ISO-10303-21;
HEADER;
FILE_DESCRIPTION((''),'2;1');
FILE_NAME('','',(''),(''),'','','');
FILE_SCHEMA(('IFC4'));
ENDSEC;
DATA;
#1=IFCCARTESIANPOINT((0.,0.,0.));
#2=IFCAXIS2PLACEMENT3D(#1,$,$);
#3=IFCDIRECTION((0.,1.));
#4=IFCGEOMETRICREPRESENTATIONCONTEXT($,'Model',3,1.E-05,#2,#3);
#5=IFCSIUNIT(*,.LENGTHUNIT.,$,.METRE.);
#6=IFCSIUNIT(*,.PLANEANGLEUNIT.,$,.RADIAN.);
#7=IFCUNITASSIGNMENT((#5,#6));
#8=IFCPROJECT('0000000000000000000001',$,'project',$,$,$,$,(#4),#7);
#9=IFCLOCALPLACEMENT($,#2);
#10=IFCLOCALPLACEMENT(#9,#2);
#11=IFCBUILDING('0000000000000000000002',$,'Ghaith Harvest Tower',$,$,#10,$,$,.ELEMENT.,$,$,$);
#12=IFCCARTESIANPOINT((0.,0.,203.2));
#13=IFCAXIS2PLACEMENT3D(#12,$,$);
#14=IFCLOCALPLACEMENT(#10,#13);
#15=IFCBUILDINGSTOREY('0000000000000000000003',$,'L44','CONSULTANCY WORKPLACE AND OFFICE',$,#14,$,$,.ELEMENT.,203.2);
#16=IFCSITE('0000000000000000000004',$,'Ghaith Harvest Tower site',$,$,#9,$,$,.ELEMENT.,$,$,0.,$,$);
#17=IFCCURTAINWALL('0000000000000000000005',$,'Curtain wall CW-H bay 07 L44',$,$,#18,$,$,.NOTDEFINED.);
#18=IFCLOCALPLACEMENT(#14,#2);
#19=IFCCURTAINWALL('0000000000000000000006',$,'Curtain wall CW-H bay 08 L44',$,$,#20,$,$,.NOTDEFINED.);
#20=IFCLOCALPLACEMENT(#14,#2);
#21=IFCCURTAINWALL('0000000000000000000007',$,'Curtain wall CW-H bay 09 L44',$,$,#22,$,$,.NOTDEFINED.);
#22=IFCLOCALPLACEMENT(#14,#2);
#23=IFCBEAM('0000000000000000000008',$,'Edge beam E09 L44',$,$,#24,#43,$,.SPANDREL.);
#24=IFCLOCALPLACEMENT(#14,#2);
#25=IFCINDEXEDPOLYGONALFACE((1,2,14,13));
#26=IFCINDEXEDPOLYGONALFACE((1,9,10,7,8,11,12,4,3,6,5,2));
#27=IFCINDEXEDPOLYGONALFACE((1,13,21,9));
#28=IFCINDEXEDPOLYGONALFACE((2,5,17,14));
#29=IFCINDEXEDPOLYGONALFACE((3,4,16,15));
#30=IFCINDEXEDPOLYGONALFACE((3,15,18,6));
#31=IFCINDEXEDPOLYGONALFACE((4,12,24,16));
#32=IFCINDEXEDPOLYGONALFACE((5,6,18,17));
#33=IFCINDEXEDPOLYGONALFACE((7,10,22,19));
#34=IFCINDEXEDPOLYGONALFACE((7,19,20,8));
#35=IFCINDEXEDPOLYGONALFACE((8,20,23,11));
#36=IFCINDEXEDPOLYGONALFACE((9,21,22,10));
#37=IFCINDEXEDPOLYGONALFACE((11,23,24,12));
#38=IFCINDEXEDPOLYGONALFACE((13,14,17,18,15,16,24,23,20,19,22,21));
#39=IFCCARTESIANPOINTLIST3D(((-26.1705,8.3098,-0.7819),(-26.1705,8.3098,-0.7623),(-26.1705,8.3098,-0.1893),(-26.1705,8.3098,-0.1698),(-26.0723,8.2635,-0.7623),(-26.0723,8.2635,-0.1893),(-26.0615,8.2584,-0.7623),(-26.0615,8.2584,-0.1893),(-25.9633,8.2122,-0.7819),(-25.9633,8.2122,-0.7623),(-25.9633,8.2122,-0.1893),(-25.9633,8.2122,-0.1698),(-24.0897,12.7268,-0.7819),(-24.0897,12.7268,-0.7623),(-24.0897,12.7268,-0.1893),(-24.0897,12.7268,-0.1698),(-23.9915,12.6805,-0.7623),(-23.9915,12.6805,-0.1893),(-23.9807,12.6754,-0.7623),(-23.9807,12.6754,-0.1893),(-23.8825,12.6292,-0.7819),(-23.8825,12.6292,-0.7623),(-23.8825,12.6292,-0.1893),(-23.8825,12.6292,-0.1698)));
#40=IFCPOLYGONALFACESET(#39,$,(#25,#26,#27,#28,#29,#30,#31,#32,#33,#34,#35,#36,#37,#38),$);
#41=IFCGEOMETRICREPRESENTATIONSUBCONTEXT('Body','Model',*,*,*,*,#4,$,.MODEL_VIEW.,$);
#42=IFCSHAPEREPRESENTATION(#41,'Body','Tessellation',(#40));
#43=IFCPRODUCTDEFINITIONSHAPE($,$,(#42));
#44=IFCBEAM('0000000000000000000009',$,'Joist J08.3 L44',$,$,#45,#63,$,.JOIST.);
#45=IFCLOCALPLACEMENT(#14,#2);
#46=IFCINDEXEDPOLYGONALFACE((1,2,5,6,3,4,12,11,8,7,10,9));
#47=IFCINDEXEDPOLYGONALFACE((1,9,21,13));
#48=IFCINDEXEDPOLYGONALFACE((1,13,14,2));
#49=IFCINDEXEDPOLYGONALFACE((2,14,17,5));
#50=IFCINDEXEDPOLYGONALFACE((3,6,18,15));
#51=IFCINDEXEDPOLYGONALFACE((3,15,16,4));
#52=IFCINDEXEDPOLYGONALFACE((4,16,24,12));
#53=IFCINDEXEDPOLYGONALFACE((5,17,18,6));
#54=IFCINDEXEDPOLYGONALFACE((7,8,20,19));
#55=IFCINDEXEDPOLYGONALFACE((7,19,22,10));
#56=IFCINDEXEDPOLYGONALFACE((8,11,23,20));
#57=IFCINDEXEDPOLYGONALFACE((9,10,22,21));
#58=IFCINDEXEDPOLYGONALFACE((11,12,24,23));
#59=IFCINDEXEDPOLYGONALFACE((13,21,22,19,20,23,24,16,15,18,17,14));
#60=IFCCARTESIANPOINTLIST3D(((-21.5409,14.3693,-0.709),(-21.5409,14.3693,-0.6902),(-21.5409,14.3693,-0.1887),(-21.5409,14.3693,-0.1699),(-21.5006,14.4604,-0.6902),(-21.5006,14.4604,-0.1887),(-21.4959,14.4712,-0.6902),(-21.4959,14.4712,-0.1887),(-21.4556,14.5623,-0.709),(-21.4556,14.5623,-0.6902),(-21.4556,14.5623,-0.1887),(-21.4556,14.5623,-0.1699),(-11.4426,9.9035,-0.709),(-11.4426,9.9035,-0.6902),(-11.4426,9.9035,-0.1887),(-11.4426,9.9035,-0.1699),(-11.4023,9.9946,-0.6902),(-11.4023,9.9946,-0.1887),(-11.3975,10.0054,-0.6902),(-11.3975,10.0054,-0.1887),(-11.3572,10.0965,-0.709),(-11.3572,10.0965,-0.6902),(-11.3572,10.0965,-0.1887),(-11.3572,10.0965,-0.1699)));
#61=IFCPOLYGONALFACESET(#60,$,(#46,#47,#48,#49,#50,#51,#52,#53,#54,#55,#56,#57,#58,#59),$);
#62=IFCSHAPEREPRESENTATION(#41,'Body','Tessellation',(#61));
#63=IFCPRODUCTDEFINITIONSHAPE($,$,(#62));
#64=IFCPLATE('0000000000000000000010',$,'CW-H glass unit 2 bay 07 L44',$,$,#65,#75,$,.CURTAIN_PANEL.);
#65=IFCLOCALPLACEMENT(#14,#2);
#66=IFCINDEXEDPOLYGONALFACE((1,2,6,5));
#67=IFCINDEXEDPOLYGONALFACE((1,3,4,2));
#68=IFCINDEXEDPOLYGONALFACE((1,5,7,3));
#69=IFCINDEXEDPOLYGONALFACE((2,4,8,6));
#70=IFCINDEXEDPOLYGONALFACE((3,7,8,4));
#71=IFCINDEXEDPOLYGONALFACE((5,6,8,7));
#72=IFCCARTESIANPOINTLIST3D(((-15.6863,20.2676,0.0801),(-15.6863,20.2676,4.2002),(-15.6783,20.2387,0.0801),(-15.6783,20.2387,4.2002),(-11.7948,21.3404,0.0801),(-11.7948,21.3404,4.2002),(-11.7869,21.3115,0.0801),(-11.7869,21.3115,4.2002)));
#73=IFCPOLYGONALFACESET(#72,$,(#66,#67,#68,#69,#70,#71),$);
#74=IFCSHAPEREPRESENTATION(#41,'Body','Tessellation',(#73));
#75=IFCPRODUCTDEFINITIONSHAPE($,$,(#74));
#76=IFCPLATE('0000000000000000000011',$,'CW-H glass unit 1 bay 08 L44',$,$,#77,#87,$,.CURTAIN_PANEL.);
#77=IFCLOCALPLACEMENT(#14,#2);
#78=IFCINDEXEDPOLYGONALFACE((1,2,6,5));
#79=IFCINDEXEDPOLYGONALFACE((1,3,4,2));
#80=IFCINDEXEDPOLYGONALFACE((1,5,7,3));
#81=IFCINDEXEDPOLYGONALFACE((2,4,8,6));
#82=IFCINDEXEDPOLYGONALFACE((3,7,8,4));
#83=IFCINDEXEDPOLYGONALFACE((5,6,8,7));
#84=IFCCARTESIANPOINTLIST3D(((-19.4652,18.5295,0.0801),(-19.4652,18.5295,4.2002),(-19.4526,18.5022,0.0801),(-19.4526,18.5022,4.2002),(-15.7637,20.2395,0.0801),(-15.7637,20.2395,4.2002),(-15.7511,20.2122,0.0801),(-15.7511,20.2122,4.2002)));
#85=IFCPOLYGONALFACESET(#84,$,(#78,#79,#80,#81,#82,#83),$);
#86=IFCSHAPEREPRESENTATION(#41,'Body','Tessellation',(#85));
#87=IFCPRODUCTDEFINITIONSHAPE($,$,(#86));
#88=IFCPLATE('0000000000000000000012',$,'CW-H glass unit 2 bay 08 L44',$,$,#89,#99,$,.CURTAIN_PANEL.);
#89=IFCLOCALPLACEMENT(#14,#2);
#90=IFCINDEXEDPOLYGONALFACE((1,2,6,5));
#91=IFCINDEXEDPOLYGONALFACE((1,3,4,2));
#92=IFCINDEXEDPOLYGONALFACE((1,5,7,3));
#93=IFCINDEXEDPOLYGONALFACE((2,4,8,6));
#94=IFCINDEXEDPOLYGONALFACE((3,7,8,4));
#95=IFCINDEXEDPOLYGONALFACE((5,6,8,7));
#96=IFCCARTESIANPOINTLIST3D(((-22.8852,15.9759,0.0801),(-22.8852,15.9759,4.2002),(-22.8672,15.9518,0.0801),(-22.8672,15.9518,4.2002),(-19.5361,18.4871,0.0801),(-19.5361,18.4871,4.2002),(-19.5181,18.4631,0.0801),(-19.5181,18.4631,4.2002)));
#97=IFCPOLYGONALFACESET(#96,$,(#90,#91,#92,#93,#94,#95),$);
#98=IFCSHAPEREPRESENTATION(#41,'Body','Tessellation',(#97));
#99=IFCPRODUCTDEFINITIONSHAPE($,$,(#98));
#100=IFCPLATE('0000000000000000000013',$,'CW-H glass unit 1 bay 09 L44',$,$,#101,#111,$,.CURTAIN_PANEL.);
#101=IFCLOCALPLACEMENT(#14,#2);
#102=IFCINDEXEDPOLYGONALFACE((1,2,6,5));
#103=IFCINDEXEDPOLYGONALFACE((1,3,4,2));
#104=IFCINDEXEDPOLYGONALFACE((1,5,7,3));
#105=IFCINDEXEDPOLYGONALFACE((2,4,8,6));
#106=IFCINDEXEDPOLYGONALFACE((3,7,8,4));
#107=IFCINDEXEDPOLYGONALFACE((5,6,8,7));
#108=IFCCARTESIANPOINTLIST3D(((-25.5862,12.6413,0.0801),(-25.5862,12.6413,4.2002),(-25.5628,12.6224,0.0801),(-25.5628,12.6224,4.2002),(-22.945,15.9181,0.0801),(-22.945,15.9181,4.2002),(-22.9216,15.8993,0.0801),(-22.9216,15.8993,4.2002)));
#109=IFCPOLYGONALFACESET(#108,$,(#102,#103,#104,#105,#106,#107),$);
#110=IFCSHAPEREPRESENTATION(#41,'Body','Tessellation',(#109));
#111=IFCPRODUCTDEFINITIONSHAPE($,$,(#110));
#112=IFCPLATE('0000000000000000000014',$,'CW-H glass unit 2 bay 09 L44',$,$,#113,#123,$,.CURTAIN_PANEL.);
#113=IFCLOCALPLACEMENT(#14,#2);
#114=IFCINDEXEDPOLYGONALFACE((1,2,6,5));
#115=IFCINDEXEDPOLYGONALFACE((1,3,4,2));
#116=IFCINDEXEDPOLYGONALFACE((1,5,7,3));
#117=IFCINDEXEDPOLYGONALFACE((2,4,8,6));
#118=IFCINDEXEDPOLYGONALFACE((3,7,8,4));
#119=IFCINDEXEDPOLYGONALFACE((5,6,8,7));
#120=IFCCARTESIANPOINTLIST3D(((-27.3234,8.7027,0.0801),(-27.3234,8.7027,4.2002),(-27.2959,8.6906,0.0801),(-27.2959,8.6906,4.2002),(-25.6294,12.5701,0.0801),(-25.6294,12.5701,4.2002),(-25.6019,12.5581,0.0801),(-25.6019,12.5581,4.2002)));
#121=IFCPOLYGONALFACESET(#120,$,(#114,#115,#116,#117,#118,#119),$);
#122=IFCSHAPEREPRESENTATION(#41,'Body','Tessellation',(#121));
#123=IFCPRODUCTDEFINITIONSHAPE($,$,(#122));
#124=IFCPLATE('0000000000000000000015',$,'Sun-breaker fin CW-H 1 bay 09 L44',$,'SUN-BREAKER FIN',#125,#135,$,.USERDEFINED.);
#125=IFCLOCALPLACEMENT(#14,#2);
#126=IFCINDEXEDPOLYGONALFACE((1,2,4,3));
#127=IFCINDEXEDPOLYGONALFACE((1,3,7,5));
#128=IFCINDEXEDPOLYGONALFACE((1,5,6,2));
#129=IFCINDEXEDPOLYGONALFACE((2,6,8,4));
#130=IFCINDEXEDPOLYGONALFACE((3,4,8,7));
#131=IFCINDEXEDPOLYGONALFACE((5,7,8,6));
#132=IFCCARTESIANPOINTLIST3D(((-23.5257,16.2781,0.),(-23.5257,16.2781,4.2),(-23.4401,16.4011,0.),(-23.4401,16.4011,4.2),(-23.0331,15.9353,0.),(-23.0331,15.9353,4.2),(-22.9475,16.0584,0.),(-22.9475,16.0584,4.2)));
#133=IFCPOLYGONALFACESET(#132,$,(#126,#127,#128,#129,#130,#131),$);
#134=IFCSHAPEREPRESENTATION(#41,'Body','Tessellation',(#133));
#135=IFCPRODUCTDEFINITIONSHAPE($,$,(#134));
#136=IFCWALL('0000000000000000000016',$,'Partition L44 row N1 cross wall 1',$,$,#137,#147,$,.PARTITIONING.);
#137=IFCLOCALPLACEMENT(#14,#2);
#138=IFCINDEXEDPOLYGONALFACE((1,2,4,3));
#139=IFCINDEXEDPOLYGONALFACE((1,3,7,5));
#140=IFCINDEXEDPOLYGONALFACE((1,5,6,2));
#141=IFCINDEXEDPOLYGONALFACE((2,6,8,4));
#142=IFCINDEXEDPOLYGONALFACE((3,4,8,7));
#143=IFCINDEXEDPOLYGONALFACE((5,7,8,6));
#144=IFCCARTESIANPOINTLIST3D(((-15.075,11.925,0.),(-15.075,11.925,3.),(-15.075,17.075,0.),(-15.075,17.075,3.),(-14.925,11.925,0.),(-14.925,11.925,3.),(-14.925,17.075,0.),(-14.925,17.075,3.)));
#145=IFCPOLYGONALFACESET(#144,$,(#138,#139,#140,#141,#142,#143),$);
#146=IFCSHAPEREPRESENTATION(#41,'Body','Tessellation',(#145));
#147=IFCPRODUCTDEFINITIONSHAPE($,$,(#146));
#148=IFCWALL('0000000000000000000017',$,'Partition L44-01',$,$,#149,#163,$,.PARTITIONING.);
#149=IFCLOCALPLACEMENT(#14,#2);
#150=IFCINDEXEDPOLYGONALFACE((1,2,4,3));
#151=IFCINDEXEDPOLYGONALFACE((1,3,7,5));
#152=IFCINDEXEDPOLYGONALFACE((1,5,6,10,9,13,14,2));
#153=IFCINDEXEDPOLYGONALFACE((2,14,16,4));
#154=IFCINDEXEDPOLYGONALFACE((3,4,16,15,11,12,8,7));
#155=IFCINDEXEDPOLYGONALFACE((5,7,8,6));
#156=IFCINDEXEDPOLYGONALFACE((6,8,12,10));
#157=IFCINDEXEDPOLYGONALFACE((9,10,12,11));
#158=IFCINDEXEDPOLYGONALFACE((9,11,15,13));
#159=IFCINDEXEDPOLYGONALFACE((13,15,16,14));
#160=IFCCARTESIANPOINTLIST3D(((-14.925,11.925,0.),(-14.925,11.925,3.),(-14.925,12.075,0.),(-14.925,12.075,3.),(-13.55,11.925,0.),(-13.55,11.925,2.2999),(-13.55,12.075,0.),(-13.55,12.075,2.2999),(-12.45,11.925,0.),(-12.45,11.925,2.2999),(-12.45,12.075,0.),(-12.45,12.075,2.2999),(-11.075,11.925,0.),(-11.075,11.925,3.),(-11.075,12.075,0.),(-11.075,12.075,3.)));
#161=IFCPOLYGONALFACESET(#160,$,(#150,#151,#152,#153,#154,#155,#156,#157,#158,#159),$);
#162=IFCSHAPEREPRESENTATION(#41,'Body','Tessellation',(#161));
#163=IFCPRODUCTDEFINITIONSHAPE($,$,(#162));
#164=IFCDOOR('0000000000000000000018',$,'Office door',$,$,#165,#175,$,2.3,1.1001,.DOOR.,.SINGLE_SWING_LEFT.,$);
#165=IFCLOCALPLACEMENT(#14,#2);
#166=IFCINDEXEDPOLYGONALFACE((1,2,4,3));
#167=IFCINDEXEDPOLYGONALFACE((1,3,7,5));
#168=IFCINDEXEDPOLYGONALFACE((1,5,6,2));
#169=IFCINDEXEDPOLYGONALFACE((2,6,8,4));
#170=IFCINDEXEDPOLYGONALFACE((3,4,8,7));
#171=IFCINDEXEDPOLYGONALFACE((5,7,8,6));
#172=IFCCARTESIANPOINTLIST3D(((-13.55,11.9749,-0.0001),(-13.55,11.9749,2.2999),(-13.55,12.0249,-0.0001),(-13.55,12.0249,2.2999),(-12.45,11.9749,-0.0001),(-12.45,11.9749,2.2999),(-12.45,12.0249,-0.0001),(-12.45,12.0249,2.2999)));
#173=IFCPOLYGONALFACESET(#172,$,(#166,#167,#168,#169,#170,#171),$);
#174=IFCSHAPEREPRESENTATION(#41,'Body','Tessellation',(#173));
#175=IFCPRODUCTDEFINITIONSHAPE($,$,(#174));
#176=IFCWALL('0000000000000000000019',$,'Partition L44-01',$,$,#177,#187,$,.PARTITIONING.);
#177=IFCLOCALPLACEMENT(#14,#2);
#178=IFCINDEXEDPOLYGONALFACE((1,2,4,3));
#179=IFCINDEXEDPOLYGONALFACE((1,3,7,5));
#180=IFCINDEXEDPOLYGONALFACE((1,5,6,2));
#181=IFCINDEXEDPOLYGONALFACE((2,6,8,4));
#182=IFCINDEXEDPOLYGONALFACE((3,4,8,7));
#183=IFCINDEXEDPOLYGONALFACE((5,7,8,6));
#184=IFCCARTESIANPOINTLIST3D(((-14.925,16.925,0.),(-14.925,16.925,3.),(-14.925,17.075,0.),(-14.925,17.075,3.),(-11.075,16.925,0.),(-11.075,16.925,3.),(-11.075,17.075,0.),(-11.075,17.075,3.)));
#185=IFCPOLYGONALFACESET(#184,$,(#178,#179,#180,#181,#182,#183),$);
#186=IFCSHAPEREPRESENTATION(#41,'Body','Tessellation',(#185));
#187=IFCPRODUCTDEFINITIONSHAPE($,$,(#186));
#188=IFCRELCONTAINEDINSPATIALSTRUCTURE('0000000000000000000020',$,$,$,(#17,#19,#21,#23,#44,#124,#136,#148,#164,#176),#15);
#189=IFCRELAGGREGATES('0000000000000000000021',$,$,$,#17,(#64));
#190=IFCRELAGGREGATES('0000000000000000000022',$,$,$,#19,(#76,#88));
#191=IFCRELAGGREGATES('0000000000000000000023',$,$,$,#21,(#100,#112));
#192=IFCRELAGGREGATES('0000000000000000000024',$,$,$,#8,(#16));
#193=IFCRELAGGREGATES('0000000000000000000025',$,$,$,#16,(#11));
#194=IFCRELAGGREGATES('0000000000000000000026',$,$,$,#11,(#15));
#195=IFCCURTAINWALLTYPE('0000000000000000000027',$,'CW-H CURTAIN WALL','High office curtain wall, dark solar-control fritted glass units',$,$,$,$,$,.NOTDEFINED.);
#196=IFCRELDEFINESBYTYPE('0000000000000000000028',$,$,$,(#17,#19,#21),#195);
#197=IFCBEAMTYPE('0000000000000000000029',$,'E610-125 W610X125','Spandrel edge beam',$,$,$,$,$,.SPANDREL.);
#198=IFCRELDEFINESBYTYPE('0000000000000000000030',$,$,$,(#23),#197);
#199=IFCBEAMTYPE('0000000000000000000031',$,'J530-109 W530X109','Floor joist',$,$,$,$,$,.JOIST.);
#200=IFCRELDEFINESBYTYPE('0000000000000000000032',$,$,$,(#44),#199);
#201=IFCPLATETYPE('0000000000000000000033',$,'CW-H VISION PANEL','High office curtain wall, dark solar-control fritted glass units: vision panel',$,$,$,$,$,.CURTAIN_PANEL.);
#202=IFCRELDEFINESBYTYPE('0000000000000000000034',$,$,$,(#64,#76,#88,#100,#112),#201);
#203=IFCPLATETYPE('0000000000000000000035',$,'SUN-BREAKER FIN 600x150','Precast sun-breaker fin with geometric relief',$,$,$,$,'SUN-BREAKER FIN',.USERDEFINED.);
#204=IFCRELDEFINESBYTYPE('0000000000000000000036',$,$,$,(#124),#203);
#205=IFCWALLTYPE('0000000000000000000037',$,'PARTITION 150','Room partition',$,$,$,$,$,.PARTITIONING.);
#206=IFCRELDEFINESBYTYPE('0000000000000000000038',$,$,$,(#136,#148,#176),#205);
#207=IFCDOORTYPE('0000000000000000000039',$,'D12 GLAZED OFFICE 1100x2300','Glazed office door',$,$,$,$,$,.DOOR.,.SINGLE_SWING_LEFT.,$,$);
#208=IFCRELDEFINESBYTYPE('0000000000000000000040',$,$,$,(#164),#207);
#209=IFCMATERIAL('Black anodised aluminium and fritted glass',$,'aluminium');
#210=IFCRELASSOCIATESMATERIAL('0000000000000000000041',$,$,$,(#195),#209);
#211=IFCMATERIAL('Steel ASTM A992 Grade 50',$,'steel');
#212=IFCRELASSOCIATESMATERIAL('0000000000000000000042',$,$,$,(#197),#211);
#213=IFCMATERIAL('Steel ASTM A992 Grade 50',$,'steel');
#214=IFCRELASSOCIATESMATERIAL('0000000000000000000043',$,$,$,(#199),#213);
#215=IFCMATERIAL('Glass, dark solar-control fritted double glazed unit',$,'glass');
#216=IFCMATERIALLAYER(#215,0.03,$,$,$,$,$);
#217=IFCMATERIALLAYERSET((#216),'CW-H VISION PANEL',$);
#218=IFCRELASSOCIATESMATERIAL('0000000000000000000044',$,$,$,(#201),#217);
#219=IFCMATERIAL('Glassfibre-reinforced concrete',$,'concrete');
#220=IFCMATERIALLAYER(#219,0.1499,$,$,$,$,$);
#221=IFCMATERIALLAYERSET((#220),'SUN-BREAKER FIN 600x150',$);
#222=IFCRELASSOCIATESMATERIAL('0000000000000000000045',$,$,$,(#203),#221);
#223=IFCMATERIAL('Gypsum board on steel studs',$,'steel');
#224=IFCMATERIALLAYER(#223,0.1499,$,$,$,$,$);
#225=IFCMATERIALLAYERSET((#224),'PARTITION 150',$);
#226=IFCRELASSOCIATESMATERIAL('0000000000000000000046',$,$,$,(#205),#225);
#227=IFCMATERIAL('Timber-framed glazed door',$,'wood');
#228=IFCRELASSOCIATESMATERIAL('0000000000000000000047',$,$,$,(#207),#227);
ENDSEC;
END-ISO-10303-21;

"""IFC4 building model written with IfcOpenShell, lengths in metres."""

from ifc_helpers import new_model, si_unit, direction, frame, frame_2d, origin, origin_2d, place, context, subcontext, project, spatial, rectangle, i_section, extrude, material, layer, layer_set, material_profile, profile_set, type_object, element, fill, aggregate, save


model = new_model("IFC4")

# Units and contexts
model_context = context("Model", 3, precision=1e-05, world=origin(), true_north=direction((0.0, 1.0)))
body_context = subcontext(model_context, "Body", "Model", "MODEL_VIEW")
ifc_project = project(units=[si_unit("LENGTHUNIT", "METRE"), si_unit("PLANEANGLEUNIT", "RADIAN")], contexts=[model_context])

# Site, building, storey
site_placement = place(None, origin())
site = spatial("IfcSite", under=ifc_project, at=site_placement, Name="Ghaith Harvest Tower site", CompositionType="ELEMENT", RefElevation=0.0)
building_placement = place(site_placement, origin())
building = spatial("IfcBuilding", under=site, at=building_placement, Name="Ghaith Harvest Tower", CompositionType="ELEMENT")
storey_placement = place(building_placement, frame((0.0, 0.0, 203.2)))
storey = spatial("IfcBuildingStorey", under=building, at=storey_placement, Name="L44", Description="CONSULTANCY WORKPLACE AND OFFICE", CompositionType="ELEMENT", Elevation=203.2)

# Curtain wall
ifc_material_1 = material(Name="Black anodised aluminium and fritted glass", Category="aluminium")
curtain_wall_type = type_object("IfcCurtainWallType", Name="CW-H CURTAIN WALL", Description="High office curtain wall, dark solar-control fritted glass units", PredefinedType="NOTDEFINED", material=ifc_material_1)
curtain_wall_1_placement = place(storey_placement, origin())
curtain_wall_1 = element("IfcCurtainWall", 1, at=curtain_wall_1_placement, inside=storey, type_object=curtain_wall_type, Name="Curtain wall CW-H bay 07 L44", PredefinedType="NOTDEFINED")

# Curtain walls
curtain_wall_2_placement = place(storey_placement, origin())
curtain_wall_2 = element("IfcCurtainWall", 2, at=curtain_wall_2_placement, inside=storey, type_object=curtain_wall_type, Name="Curtain wall CW-H bay 08 L44", PredefinedType="NOTDEFINED")
curtain_wall_3_placement = place(storey_placement, origin())
curtain_wall_3 = element("IfcCurtainWall", 3, at=curtain_wall_3_placement, inside=storey, type_object=curtain_wall_type, Name="Curtain wall CW-H bay 09 L44", PredefinedType="NOTDEFINED")

# Beams
ifc_material_2 = material(Name="Steel ASTM A992 Grade 50", Category="steel")
ifc_material_profile_1 = material_profile(ifc_material_2, i_section(OverallWidth=0.229, OverallDepth=0.6121, WebThickness=0.012, FlangeThickness=0.0195, at=origin_2d()), Name="W610X125")
ifc_profile_set_1 = profile_set([ifc_material_profile_1], Name="Steel ASTM A992 Grade 50")
beam_type_1 = type_object("IfcBeamType", Name="E610-125 W610X125", Description="Spandrel edge beam", PredefinedType="SPANDREL", material=ifc_profile_set_1)
beam_1_placement = place(storey_placement, frame((-23.9861, 12.678, -0.4758), z_axis=(-0.42617, -0.904643, 0.0), x_axis=(0.904643, -0.42617, 0.0)))
element("IfcBeam", 4, at=beam_1_placement, inside=storey, type_object=beam_type_1, Name="Edge beam E09 L44", PredefinedType="SPANDREL", context=body_context, shape_type="SweptSolid", body=[
    extrude(i_section(OverallWidth=0.229, OverallDepth=0.6121, WebThickness=0.012, FlangeThickness=0.0195, at=origin_2d()), origin(), (0.0, 0.0, 1.0), 4.8826),
])
ifc_material_3 = material(Name="Steel ASTM A992 Grade 50", Category="steel")
ifc_material_profile_2 = material_profile(ifc_material_3, i_section(OverallWidth=0.2109, OverallDepth=0.5391, WebThickness=0.0117, FlangeThickness=0.0188, at=origin_2d()), Name="W530X109")
ifc_profile_set_2 = profile_set([ifc_material_profile_2], Name="Steel ASTM A992 Grade 50")
beam_type_2 = type_object("IfcBeamType", Name="J530-109 W530X109", Description="Floor joist", PredefinedType="JOIST", material=ifc_profile_set_2)
beam_2_placement = place(storey_placement, frame((-11.3999, 10.0, -0.4395), z_axis=(-0.914561, 0.404447, 0.0), x_axis=(-0.404447, -0.914561, 0.0)))
element("IfcBeam", 5, at=beam_2_placement, inside=storey, type_object=beam_type_2, Name="Joist J08.3 L44", PredefinedType="JOIST", context=body_context, shape_type="SweptSolid", body=[
    extrude(i_section(OverallWidth=0.2109, OverallDepth=0.5391, WebThickness=0.0117, FlangeThickness=0.0188, at=origin_2d()), origin(), (0.0, 0.0, 1.0), 11.0417),
])

# Plates
ifc_material_4 = material(Name="Glass, dark solar-control fritted double glazed unit", Category="glass")
ifc_layer_1 = layer(ifc_material_4, 0.03)
ifc_layer_set_1 = layer_set([ifc_layer_1], Name="CW-H VISION PANEL")
plate_type_1 = type_object("IfcPlateType", Name="CW-H VISION PANEL", Description="High office curtain wall, dark solar-control fritted glass units: vision panel", PredefinedType="CURTAIN_PANEL", material=ifc_layer_set_1)
plate_1_placement = place(storey_placement, frame((-13.7366, 20.7896, 0.0801), z_axis=(0.0, 0.0, 1.0), x_axis=(-0.964034, -0.265779, 0.0)))
plate_1 = element("IfcPlate", 6, at=plate_1_placement, type_object=plate_type_1, Name="CW-H glass unit 2 bay 07 L44", PredefinedType="CURTAIN_PANEL", context=body_context, shape_type="SweptSolid", body=[
    extrude(rectangle(XDim=4.0366, YDim=0.03, at=origin_2d()), origin(), (0.0, 0.0, 1.0), 4.1201),
])
aggregate(curtain_wall_1, [plate_1])
plate_2_placement = place(storey_placement, frame((-17.6082, 19.3708, 0.0801), z_axis=(0.0, 0.0, 1.0), x_axis=(-0.907814, -0.419372, 0.0)))
plate_2 = element("IfcPlate", 7, at=plate_2_placement, type_object=plate_type_1, Name="CW-H glass unit 1 bay 08 L44", PredefinedType="CURTAIN_PANEL", context=body_context, shape_type="SweptSolid", body=[
    extrude(rectangle(XDim=4.0774, YDim=0.03, at=origin_2d()), origin(), (0.0, 0.0, 1.0), 4.1201),
])
plate_3_placement = place(storey_placement, frame((-21.2017, 17.2195, 0.0801), z_axis=(0.0, 0.0, 1.0), x_axis=(-0.800067, -0.599911, 0.0)))
plate_3 = element("IfcPlate", 8, at=plate_3_placement, type_object=plate_type_1, Name="CW-H glass unit 2 bay 08 L44", PredefinedType="CURTAIN_PANEL", context=body_context, shape_type="SweptSolid", body=[
    extrude(rectangle(XDim=4.186, YDim=0.03, at=origin_2d()), origin(), (0.0, 0.0, 1.0), 4.1201),
])
aggregate(curtain_wall_2, [plate_2, plate_3])
plate_4_placement = place(storey_placement, frame((-24.2539, 14.2703, 0.0801), z_axis=(0.0, 0.0, 1.0), x_axis=(-0.627548, -0.778578, 0.0)))
plate_4 = element("IfcPlate", 9, at=plate_4_placement, type_object=plate_type_1, Name="CW-H glass unit 1 bay 09 L44", PredefinedType="CURTAIN_PANEL", context=body_context, shape_type="SweptSolid", body=[
    extrude(rectangle(XDim=4.2087, YDim=0.03, at=origin_2d()), origin(), (0.0, 0.0, 1.0), 4.1201),
])
plate_5_placement = place(storey_placement, frame((-26.4626, 10.6304, 0.0801), z_axis=(0.0, 0.0, 1.0), x_axis=(-0.401213, -0.915985, 0.0)))
plate_5 = element("IfcPlate", 10, at=plate_5_placement, type_object=plate_type_1, Name="CW-H glass unit 2 bay 09 L44", PredefinedType="CURTAIN_PANEL", context=body_context, shape_type="SweptSolid", body=[
    extrude(rectangle(XDim=4.2222, YDim=0.03, at=origin_2d()), origin(), (0.0, 0.0, 1.0), 4.1201),
])
aggregate(curtain_wall_3, [plate_4, plate_5])
ifc_material_5 = material(Name="Glassfibre-reinforced concrete", Category="concrete")
ifc_layer_2 = layer(ifc_material_5, 0.1499)
ifc_layer_set_2 = layer_set([ifc_layer_2], Name="SUN-BREAKER FIN 600x150")
plate_type_2 = type_object("IfcPlateType", Name="SUN-BREAKER FIN 600x150", Description="Precast sun-breaker fin with geometric relief", ElementType="SUN-BREAKER FIN", PredefinedType="USERDEFINED", material=ifc_layer_set_2)
plate_6_placement = place(storey_placement, frame((-23.2366, 16.1682, 0.0), z_axis=(0.0, 0.0, 1.0), x_axis=(-0.820845, 0.57115, 0.0)))
element("IfcPlate", 11, at=plate_6_placement, inside=storey, type_object=plate_type_2, Name="Sun-breaker fin CW-H 1 bay 09 L44", ObjectType="SUN-BREAKER FIN", PredefinedType="USERDEFINED", context=body_context, shape_type="SweptSolid", body=[
    extrude(rectangle(XDim=0.6001, YDim=0.1499, at=origin_2d()), origin(), (0.0, 0.0, 1.0), 4.2),
])

# Wall
ifc_material_6 = material(Name="Gypsum board on steel studs", Category="steel")
ifc_layer_3 = layer(ifc_material_6, 0.1499)
ifc_layer_set_3 = layer_set([ifc_layer_3], Name="PARTITION 150")
wall_type_1 = type_object("IfcWallType", Name="PARTITION 150", Description="Room partition", PredefinedType="PARTITIONING", material=ifc_layer_set_3)
wall_1_placement = place(storey_placement, frame((-15.0, 11.925, 0.0), z_axis=(0.0, 0.0, 1.0), x_axis=(0.0, 1.0, 0.0)))
element("IfcWall", 12, at=wall_1_placement, inside=storey, type_object=wall_type_1, Name="Partition L44 row N1 cross wall 1", PredefinedType="PARTITIONING", context=body_context, shape_type="SweptSolid", body=[
    extrude(rectangle(XDim=5.1499, YDim=0.1499, at=frame_2d((2.575, 0.0))), origin(), (0.0, 0.0, 1.0), 3.0),
])

# Wall, opening, door
wall_2_placement = place(storey_placement, frame((-14.925, 12.0, 0.0), z_axis=(0.0, 0.0, 1.0), x_axis=(1.0, 0.0, 0.0)))
wall_2 = element("IfcWall", 13, at=wall_2_placement, inside=storey, type_object=wall_type_1, Name="Partition L44-01", PredefinedType="PARTITIONING", context=body_context, shape_type="SweptSolid", body=[
    extrude(rectangle(XDim=3.8501, YDim=0.1499, at=frame_2d((1.925, 0.0))), origin(), (0.0, 0.0, 1.0), 3.0),
])
opening_1_placement = place(wall_2_placement, frame((1.375, 0.0, 0.0)))
opening_1 = element("IfcOpeningElement", 14, at=opening_1_placement, cuts=wall_2, PredefinedType="OPENING", context=body_context, shape_type="SweptSolid", body=[
    extrude(rectangle(XDim=1.1001, YDim=2.3, at=frame_2d((0.55, 1.1499))), frame((0.0, 0.085, 0.0), z_axis=(0.0, -1.0, 0.0), x_axis=(1.0, 0.0, 0.0)), (0.0, 0.0, 1.0), 0.1699),
])
ifc_material_7 = material(Name="Timber-framed glazed door", Category="wood")
door_type_1 = type_object("IfcDoorType", Name="D12 GLAZED OFFICE 1100x2300", Description="Glazed office door", OperationType="SINGLE_SWING_LEFT", PredefinedType="DOOR", material=ifc_material_7)
door_1_placement = place(opening_1_placement, origin())
door_1 = element("IfcDoor", 15, at=door_1_placement, inside=storey, type_object=door_type_1, Name="Office door", OperationType="SINGLE_SWING_LEFT", OverallHeight=2.3, OverallWidth=1.1001, PredefinedType="DOOR", context=body_context, shape_type="SweptSolid", body=[
    extrude(rectangle(XDim=1.1001, YDim=2.3, at=frame_2d((0.55, 1.1499))), frame((0.0, 0.0249, 0.0), z_axis=(0.0, -1.0, 0.0), x_axis=(1.0, 0.0, 0.0)), (0.0, 0.0, 1.0), 0.05),
])
fill(opening_1, door_1)

# Wall
wall_3_placement = place(storey_placement, frame((-14.925, 17.0, 0.0), z_axis=(0.0, 0.0, 1.0), x_axis=(1.0, 0.0, 0.0)))
element("IfcWall", 16, at=wall_3_placement, inside=storey, type_object=wall_type_1, Name="Partition L44-01", PredefinedType="PARTITIONING", context=body_context, shape_type="SweptSolid", body=[
    extrude(rectangle(XDim=3.8501, YDim=0.1499, at=frame_2d((1.925, 0.0))), origin(), (0.0, 0.0, 1.0), 3.0),
])

save(model, "model.ifc")
